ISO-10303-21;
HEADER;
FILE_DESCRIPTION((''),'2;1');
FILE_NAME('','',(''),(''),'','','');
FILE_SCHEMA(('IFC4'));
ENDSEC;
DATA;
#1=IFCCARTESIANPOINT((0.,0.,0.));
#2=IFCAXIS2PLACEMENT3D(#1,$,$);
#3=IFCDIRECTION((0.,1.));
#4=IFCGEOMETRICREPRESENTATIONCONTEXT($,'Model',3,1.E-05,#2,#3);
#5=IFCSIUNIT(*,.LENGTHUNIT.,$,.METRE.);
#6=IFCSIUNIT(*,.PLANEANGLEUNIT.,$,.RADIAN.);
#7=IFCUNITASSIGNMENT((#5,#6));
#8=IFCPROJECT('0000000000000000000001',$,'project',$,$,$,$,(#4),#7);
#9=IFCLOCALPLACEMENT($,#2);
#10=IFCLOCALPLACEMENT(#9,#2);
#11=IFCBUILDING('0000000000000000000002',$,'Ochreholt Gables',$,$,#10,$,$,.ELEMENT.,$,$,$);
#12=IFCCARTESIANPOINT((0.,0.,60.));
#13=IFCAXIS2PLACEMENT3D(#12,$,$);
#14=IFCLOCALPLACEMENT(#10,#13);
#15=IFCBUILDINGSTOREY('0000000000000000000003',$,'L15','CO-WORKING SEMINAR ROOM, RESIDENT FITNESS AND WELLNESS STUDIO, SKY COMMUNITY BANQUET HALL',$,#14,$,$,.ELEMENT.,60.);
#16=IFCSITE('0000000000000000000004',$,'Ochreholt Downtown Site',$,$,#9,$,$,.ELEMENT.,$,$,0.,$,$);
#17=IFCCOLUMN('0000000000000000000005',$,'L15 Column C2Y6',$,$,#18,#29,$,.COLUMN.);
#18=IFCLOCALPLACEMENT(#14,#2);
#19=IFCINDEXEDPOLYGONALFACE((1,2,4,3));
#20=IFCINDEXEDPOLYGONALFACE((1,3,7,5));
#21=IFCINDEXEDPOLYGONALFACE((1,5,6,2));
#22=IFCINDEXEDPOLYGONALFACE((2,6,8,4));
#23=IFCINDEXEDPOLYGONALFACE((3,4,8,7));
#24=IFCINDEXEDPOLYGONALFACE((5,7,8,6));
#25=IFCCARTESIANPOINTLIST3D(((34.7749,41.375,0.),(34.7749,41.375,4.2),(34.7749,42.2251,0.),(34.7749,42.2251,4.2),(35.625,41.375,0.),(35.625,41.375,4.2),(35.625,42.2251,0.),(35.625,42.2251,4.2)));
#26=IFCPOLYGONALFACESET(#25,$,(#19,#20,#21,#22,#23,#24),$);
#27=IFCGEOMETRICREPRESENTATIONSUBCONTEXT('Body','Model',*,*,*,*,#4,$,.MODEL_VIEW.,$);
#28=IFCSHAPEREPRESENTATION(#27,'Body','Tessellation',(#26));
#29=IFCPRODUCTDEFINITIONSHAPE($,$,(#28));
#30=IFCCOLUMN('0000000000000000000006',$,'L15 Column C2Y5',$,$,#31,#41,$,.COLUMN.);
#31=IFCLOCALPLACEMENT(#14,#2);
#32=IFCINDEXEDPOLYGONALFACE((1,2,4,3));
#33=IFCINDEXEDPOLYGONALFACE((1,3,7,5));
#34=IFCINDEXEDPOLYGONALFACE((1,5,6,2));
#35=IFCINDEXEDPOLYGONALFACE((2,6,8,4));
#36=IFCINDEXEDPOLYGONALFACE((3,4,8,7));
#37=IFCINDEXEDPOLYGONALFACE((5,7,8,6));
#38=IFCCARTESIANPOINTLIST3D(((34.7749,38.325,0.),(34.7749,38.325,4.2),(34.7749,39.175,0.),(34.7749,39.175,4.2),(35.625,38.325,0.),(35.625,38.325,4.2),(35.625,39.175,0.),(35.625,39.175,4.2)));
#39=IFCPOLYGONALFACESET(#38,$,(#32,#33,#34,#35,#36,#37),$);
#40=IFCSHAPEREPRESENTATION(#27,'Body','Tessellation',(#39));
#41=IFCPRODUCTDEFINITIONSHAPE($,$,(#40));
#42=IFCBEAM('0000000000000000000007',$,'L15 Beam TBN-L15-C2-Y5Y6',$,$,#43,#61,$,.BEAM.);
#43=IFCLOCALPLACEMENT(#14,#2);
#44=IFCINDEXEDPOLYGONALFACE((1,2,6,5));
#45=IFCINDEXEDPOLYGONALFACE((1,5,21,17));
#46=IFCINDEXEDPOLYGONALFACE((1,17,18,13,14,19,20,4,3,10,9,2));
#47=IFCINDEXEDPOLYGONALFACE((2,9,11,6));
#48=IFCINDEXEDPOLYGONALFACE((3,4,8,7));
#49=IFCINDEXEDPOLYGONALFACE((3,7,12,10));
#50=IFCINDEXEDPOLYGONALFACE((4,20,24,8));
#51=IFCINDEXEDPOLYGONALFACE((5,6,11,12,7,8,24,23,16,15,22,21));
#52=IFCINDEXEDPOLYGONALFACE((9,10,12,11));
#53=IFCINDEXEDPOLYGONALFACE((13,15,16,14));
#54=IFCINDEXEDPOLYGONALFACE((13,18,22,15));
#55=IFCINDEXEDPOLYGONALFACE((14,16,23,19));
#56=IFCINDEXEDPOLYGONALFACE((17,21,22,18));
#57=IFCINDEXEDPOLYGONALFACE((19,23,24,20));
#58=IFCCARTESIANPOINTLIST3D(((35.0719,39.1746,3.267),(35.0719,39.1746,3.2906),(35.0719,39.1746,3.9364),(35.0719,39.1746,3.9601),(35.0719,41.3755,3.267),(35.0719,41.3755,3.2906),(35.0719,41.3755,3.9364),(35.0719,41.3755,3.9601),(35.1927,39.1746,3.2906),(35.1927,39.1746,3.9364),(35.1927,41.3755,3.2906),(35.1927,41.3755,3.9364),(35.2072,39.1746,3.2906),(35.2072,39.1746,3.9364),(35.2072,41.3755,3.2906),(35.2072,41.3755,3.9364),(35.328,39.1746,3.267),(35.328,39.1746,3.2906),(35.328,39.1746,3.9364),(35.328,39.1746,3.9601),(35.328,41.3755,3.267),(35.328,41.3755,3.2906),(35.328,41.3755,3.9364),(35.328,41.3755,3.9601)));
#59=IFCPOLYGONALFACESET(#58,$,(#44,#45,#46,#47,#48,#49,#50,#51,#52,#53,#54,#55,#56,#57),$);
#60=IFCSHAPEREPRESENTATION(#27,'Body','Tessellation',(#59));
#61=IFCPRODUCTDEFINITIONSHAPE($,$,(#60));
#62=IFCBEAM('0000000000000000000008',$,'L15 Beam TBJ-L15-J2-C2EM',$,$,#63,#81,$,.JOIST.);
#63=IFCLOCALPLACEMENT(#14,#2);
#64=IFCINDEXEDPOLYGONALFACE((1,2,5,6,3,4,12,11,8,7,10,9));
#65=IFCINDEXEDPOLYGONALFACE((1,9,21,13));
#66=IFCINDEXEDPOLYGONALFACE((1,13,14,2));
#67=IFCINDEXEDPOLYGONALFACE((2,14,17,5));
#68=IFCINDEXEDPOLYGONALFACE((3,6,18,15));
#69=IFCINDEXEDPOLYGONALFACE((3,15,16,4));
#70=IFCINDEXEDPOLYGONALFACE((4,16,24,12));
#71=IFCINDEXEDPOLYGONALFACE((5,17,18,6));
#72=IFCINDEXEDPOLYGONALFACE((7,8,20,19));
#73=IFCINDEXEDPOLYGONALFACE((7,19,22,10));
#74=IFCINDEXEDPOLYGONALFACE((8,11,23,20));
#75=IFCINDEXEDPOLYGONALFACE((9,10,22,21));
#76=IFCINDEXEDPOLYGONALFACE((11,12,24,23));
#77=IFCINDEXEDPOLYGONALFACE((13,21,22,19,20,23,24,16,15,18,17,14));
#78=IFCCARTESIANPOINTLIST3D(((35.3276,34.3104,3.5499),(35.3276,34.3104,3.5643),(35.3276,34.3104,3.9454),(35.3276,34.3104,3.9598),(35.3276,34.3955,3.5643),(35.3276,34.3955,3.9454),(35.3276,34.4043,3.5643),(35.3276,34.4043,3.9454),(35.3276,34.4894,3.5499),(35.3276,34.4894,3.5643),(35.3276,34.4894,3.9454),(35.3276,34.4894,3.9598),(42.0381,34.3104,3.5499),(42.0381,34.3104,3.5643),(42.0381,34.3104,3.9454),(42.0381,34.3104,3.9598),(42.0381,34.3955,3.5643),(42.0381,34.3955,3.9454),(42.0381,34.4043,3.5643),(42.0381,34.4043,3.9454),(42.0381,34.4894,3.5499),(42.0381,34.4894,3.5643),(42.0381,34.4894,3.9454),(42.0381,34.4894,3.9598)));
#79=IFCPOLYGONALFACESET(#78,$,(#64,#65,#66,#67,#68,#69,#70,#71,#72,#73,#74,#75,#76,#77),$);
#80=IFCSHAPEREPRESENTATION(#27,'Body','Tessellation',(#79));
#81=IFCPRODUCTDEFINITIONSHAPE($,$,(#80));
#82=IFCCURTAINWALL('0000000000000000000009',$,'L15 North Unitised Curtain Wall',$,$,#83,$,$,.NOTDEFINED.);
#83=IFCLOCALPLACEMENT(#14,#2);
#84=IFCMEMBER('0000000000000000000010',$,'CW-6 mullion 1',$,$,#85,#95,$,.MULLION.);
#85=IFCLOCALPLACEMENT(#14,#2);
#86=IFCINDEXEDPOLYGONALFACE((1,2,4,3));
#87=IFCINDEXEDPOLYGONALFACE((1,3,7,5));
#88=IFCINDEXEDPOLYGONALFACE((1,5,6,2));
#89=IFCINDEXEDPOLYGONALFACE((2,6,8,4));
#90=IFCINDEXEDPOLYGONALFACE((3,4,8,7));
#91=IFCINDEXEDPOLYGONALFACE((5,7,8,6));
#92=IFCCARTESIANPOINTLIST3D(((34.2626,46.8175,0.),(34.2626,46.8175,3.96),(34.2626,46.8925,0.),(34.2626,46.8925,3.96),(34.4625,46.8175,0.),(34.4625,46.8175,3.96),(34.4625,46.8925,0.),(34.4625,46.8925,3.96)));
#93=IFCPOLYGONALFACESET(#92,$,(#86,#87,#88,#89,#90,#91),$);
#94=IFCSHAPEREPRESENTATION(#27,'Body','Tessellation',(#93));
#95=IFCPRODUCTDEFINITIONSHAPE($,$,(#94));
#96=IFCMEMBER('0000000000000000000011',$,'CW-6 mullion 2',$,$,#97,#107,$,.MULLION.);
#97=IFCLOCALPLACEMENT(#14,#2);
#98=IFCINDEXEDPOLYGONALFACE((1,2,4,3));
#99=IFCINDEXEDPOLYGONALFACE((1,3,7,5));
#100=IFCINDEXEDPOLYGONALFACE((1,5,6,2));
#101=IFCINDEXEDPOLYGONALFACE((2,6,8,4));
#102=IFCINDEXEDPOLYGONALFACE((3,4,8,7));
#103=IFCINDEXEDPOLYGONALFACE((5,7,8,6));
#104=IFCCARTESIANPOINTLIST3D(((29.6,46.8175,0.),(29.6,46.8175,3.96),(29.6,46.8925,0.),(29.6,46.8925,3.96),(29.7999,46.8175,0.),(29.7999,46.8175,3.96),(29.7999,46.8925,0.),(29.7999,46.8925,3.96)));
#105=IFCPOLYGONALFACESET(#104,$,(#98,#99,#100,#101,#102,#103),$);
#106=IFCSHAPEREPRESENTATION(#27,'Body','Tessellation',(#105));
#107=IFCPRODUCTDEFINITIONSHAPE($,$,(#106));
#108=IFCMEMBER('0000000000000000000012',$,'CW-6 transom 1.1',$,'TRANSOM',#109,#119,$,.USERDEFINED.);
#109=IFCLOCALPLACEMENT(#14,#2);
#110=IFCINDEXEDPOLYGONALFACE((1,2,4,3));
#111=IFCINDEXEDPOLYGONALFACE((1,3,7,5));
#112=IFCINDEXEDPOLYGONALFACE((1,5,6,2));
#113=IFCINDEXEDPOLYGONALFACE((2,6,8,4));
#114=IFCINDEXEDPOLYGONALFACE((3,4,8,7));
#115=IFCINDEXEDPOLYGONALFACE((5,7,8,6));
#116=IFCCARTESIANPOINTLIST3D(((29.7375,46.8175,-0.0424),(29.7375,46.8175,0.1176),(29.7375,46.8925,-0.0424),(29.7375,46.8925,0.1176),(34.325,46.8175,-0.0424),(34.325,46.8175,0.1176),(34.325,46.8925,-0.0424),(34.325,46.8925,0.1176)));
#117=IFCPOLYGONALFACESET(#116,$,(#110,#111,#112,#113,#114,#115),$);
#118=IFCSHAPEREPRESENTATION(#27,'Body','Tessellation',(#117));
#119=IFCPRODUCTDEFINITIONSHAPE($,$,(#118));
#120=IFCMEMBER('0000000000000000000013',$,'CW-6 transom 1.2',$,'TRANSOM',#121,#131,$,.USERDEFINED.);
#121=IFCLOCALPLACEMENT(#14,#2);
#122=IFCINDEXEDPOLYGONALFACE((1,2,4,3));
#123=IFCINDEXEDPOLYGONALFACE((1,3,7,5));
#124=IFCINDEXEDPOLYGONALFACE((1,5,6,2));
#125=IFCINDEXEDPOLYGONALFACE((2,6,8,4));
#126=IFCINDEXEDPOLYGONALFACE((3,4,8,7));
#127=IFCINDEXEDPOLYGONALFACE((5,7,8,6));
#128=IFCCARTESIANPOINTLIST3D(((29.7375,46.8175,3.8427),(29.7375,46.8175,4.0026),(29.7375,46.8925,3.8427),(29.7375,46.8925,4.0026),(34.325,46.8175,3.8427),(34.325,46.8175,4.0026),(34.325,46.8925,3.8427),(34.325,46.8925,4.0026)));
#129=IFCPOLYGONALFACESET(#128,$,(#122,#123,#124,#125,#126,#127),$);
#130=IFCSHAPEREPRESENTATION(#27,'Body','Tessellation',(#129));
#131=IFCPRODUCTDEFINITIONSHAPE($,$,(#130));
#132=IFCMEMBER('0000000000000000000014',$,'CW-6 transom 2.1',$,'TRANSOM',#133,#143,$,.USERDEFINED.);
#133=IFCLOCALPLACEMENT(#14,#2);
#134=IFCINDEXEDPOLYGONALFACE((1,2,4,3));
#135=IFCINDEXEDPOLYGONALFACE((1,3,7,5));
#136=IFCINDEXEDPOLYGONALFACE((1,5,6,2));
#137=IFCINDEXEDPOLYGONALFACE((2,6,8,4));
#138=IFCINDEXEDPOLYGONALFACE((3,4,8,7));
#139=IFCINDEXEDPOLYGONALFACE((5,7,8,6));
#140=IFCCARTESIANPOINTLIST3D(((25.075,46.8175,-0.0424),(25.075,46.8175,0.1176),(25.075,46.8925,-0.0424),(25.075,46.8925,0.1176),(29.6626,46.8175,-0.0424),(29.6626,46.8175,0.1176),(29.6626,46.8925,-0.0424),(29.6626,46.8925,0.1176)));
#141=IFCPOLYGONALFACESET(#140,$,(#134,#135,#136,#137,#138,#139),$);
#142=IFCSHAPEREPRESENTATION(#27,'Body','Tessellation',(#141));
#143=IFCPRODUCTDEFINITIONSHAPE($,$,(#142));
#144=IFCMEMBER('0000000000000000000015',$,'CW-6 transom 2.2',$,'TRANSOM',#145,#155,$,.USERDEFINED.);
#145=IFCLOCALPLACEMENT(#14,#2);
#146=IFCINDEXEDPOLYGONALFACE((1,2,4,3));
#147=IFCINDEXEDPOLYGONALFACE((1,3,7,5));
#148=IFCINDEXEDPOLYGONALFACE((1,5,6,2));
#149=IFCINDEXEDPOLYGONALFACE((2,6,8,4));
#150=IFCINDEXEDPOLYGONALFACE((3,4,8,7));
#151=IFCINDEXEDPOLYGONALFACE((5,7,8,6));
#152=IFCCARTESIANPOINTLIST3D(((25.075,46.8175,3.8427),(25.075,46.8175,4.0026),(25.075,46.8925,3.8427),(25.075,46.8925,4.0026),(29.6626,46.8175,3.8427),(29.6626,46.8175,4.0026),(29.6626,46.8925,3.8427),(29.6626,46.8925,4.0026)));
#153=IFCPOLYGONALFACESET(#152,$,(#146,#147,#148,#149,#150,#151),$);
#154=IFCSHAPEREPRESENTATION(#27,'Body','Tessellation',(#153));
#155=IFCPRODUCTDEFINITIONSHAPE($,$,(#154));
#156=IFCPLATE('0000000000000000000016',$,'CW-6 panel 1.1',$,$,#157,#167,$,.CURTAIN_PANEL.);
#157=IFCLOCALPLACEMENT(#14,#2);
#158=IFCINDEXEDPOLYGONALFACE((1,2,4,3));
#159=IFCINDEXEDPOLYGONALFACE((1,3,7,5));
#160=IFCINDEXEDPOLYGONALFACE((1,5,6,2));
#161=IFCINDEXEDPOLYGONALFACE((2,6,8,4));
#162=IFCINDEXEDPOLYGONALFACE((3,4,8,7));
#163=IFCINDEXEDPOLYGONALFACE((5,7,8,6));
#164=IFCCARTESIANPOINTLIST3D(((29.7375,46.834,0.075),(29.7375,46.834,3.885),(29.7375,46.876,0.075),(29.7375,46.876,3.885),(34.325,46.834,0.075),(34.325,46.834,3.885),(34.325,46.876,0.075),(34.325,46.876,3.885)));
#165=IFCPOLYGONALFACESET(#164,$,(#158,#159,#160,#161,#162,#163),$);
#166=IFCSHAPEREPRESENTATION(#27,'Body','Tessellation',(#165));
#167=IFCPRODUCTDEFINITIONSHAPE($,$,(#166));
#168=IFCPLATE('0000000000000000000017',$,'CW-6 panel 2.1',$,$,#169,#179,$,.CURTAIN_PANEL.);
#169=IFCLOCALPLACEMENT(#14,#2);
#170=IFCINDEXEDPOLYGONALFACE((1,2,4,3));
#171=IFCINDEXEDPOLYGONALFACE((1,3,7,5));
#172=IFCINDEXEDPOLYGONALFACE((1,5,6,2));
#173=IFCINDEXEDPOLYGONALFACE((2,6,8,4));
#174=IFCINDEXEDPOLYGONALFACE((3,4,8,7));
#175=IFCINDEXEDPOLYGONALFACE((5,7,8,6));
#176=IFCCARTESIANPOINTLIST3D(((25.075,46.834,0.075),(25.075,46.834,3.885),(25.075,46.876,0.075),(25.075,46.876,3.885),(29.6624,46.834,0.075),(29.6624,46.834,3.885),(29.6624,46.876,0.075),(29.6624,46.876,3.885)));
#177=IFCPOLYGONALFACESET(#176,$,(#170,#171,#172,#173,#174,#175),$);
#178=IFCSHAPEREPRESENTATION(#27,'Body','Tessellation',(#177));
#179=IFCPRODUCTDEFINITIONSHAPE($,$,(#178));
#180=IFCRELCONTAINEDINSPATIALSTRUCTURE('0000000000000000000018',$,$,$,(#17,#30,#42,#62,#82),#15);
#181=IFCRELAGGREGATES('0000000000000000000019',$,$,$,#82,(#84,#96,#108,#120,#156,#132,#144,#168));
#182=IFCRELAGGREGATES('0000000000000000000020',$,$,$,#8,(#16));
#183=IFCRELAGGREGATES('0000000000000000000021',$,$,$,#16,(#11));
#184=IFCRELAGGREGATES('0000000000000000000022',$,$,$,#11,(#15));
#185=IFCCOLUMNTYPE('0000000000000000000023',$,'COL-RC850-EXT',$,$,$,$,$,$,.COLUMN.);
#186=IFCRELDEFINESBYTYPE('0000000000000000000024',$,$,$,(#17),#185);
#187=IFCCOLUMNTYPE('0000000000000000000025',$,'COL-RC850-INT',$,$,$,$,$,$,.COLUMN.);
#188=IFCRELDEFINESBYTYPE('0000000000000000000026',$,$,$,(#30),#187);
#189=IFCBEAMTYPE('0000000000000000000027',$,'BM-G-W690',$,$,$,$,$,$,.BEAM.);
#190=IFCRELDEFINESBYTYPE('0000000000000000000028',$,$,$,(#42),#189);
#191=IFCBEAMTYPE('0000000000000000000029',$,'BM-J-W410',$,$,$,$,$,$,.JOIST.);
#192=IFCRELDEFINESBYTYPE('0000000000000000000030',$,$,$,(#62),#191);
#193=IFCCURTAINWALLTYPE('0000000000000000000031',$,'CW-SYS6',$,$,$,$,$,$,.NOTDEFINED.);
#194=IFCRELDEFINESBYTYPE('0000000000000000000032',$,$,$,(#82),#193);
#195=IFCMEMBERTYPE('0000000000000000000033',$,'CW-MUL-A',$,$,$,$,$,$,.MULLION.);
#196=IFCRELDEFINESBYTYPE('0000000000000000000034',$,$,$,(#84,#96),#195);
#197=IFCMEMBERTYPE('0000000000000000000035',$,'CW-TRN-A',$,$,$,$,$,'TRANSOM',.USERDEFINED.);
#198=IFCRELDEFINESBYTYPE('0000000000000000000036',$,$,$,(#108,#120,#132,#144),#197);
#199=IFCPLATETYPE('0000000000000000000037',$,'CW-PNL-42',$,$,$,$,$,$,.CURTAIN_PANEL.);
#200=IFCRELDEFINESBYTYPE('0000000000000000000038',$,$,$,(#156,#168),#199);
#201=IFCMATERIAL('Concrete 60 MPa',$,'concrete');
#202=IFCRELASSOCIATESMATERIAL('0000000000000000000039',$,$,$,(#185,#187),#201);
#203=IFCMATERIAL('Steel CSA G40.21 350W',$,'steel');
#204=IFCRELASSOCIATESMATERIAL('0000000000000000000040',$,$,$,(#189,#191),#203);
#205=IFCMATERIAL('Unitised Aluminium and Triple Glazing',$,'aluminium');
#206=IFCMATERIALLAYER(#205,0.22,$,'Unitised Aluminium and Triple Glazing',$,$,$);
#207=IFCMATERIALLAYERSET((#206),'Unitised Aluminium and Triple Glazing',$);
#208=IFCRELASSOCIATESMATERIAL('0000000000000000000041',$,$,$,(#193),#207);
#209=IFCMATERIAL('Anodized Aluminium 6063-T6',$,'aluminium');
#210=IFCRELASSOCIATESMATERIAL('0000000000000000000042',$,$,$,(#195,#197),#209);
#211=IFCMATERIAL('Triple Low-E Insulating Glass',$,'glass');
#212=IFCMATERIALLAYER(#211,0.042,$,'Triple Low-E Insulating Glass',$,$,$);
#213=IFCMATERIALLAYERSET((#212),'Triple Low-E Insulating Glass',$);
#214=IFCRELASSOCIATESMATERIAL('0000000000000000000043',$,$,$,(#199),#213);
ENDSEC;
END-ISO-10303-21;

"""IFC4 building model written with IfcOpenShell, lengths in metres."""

from ifc_helpers import new_model, si_unit, direction, frame, origin, origin_2d, place, context, subcontext, project, spatial, rectangle, i_section, extrude, material, layer, layer_set, material_profile, profile_set, type_object, element, aggregate, save


model = new_model("IFC4")

# Units and contexts
model_context = context("Model", 3, precision=1e-05, world=origin(), true_north=direction((0.0, 1.0)))
body_context = subcontext(model_context, "Body", "Model", "MODEL_VIEW")
ifc_project = project(units=[si_unit("LENGTHUNIT", "METRE"), si_unit("PLANEANGLEUNIT", "RADIAN")], contexts=[model_context])

# Site, building, storey
site_placement = place(None, origin())
site = spatial("IfcSite", under=ifc_project, at=site_placement, Name="Ochreholt Downtown Site", CompositionType="ELEMENT", RefElevation=0.0)
building_placement = place(site_placement, origin())
building = spatial("IfcBuilding", under=site, at=building_placement, Name="Ochreholt Gables", CompositionType="ELEMENT")
storey_placement = place(building_placement, frame((0.0, 0.0, 60.0)))
storey = spatial("IfcBuildingStorey", under=building, at=storey_placement, Name="L15", Description="CO-WORKING SEMINAR ROOM, RESIDENT FITNESS AND WELLNESS STUDIO, SKY COMMUNITY BANQUET HALL", CompositionType="ELEMENT", Elevation=60.0)

# Columns
ifc_material_1 = material(Name="Concrete 60 MPa", Category="concrete")
ifc_material_profile_1 = material_profile(ifc_material_1, rectangle(XDim=0.8501, YDim=0.8501, at=origin_2d()), Name="RC850X850")
ifc_profile_set_1 = profile_set([ifc_material_profile_1], Name="Concrete 60 MPa")
column_type_1 = type_object("IfcColumnType", Name="COL-RC850-EXT", PredefinedType="COLUMN", material=ifc_profile_set_1)
column_1_placement = place(storey_placement, frame((35.2, 41.8, 0.0), z_axis=(0.0, 0.0, 1.0), x_axis=(1.0, 0.0, 0.0)))
element("IfcColumn", 1, at=column_1_placement, inside=storey, type_object=column_type_1, Name="L15 Column C2Y6", PredefinedType="COLUMN", context=body_context, shape_type="SweptSolid", body=[
    extrude(rectangle(XDim=0.8501, YDim=0.8501, at=origin_2d()), origin(), (0.0, 0.0, 1.0), 4.2),
])
ifc_material_profile_2 = material_profile(ifc_material_1, rectangle(XDim=0.8501, YDim=0.8501, at=origin_2d()), Name="RC850X850")
ifc_profile_set_2 = profile_set([ifc_material_profile_2], Name="Concrete 60 MPa")
column_type_2 = type_object("IfcColumnType", Name="COL-RC850-INT", PredefinedType="COLUMN", material=ifc_profile_set_2)
column_2_placement = place(storey_placement, frame((35.2, 38.75, 0.0), z_axis=(0.0, 0.0, 1.0), x_axis=(1.0, 0.0, 0.0)))
element("IfcColumn", 2, at=column_2_placement, inside=storey, type_object=column_type_2, Name="L15 Column C2Y5", PredefinedType="COLUMN", context=body_context, shape_type="SweptSolid", body=[
    extrude(rectangle(XDim=0.8501, YDim=0.8501, at=origin_2d()), origin(), (0.0, 0.0, 1.0), 4.2),
])

# Beams
ifc_material_2 = material(Name="Steel CSA G40.21 350W", Category="steel")
ifc_material_profile_3 = material_profile(ifc_material_2, i_section(OverallWidth=0.2561, OverallDepth=0.6931, WebThickness=0.0144, FlangeThickness=0.0237, at=origin_2d()), Name="W690X170")
ifc_profile_set_3 = profile_set([ifc_material_profile_3], Name="Steel CSA G40.21 350W")
beam_type_1 = type_object("IfcBeamType", Name="BM-G-W690", PredefinedType="BEAM", material=ifc_profile_set_3)
beam_1_placement = place(storey_placement, frame((35.2, 39.1746, 3.6135), z_axis=(0.0, 1.0, 0.0), x_axis=(-1.0, 0.0, 0.0)))
element("IfcBeam", 3, at=beam_1_placement, inside=storey, type_object=beam_type_1, Name="L15 Beam TBN-L15-C2-Y5Y6", PredefinedType="BEAM", context=body_context, shape_type="SweptSolid", body=[
    extrude(i_section(OverallWidth=0.2561, OverallDepth=0.6931, WebThickness=0.0144, FlangeThickness=0.0237, at=origin_2d()), origin(), (0.0, 0.0, 1.0), 2.2009),
])
ifc_material_profile_4 = material_profile(ifc_material_2, i_section(OverallWidth=0.179, OverallDepth=0.4099, WebThickness=0.0088, FlangeThickness=0.0144, at=origin_2d()), Name="W410X67")
ifc_profile_set_4 = profile_set([ifc_material_profile_4], Name="Steel CSA G40.21 350W")
beam_type_2 = type_object("IfcBeamType", Name="BM-J-W410", PredefinedType="JOIST", material=ifc_profile_set_4)
beam_2_placement = place(storey_placement, frame((35.3276, 34.3999, 3.7549), z_axis=(1.0, 0.0, 0.0), x_axis=(0.0, 1.0, 0.0)))
element("IfcBeam", 4, at=beam_2_placement, inside=storey, type_object=beam_type_2, Name="L15 Beam TBJ-L15-J2-C2EM", PredefinedType="JOIST", context=body_context, shape_type="SweptSolid", body=[
    extrude(i_section(OverallWidth=0.179, OverallDepth=0.4099, WebThickness=0.0088, FlangeThickness=0.0144, at=origin_2d()), origin(), (0.0, 0.0, 1.0), 6.7104),
])

# Curtain wall, members, plates
ifc_material_3 = material(Name="Unitised Aluminium and Triple Glazing", Category="aluminium")
ifc_layer_1 = layer(ifc_material_3, 0.22, Name="Unitised Aluminium and Triple Glazing")
ifc_layer_set_1 = layer_set([ifc_layer_1], Name="Unitised Aluminium and Triple Glazing")
curtain_wall_type = type_object("IfcCurtainWallType", Name="CW-SYS6", PredefinedType="NOTDEFINED", material=ifc_layer_set_1)
curtain_wall_placement = place(storey_placement, origin())
curtain_wall = element("IfcCurtainWall", 5, at=curtain_wall_placement, inside=storey, type_object=curtain_wall_type, Name="L15 North Unitised Curtain Wall", PredefinedType="NOTDEFINED")
ifc_material_4 = material(Name="Anodized Aluminium 6063-T6", Category="aluminium")
ifc_material_profile_5 = material_profile(ifc_material_4, rectangle(XDim=0.075, YDim=0.2, at=origin_2d()), Name="CWM75X200")
ifc_profile_set_5 = profile_set([ifc_material_profile_5], Name="Anodized Aluminium 6063-T6")
member_type_1 = type_object("IfcMemberType", Name="CW-MUL-A", PredefinedType="MULLION", material=ifc_profile_set_5)
member_1_placement = place(storey_placement, frame((34.3625, 46.855, 0.0), z_axis=(0.0, 0.0, 1.0), x_axis=(0.0, -1.0, 0.0)))
member_1 = element("IfcMember", 6, at=member_1_placement, type_object=member_type_1, Name="CW-6 mullion 1", PredefinedType="MULLION", context=body_context, shape_type="SweptSolid", body=[
    extrude(rectangle(XDim=0.075, YDim=0.2, at=origin_2d()), origin(), (0.0, 0.0, 1.0), 3.96),
])
member_2_placement = place(storey_placement, frame((29.7, 46.855, 0.0), z_axis=(0.0, 0.0, 1.0), x_axis=(0.0, -1.0, 0.0)))
member_2 = element("IfcMember", 7, at=member_2_placement, type_object=member_type_1, Name="CW-6 mullion 2", PredefinedType="MULLION", context=body_context, shape_type="SweptSolid", body=[
    extrude(rectangle(XDim=0.075, YDim=0.2, at=origin_2d()), origin(), (0.0, 0.0, 1.0), 3.96),
])
ifc_material_profile_6 = material_profile(ifc_material_4, rectangle(XDim=0.075, YDim=0.1599, at=origin_2d()), Name="CWT75X160")
ifc_profile_set_6 = profile_set([ifc_material_profile_6], Name="Anodized Aluminium 6063-T6")
member_type_2 = type_object("IfcMemberType", Name="CW-TRN-A", ElementType="TRANSOM", PredefinedType="USERDEFINED", material=ifc_profile_set_6)
member_3_placement = place(storey_placement, frame((34.325, 46.855, 0.0376), z_axis=(-1.0, 0.0, 0.0), x_axis=(0.0, -1.0, 0.0)))
member_3 = element("IfcMember", 8, at=member_3_placement, type_object=member_type_2, Name="CW-6 transom 1.1", ObjectType="TRANSOM", PredefinedType="USERDEFINED", context=body_context, shape_type="SweptSolid", body=[
    extrude(rectangle(XDim=0.075, YDim=0.1599, at=origin_2d()), origin(), (0.0, 0.0, 1.0), 4.5874),
])
member_4_placement = place(storey_placement, frame((34.325, 46.855, 3.9226), z_axis=(-1.0, 0.0, 0.0), x_axis=(0.0, -1.0, 0.0)))
member_4 = element("IfcMember", 9, at=member_4_placement, type_object=member_type_2, Name="CW-6 transom 1.2", ObjectType="TRANSOM", PredefinedType="USERDEFINED", context=body_context, shape_type="SweptSolid", body=[
    extrude(rectangle(XDim=0.075, YDim=0.1599, at=origin_2d()), origin(), (0.0, 0.0, 1.0), 4.5874),
])
member_5_placement = place(storey_placement, frame((29.6626, 46.855, 0.0376), z_axis=(-1.0, 0.0, 0.0), x_axis=(0.0, -1.0, 0.0)))
member_5 = element("IfcMember", 10, at=member_5_placement, type_object=member_type_2, Name="CW-6 transom 2.1", ObjectType="TRANSOM", PredefinedType="USERDEFINED", context=body_context, shape_type="SweptSolid", body=[
    extrude(rectangle(XDim=0.075, YDim=0.1599, at=origin_2d()), origin(), (0.0, 0.0, 1.0), 4.5876),
])
member_6_placement = place(storey_placement, frame((29.6626, 46.855, 3.9226), z_axis=(-1.0, 0.0, 0.0), x_axis=(0.0, -1.0, 0.0)))
member_6 = element("IfcMember", 11, at=member_6_placement, type_object=member_type_2, Name="CW-6 transom 2.2", ObjectType="TRANSOM", PredefinedType="USERDEFINED", context=body_context, shape_type="SweptSolid", body=[
    extrude(rectangle(XDim=0.075, YDim=0.1599, at=origin_2d()), origin(), (0.0, 0.0, 1.0), 4.5876),
])
ifc_material_5 = material(Name="Triple Low-E Insulating Glass", Category="glass")
ifc_layer_2 = layer(ifc_material_5, 0.042, Name="Triple Low-E Insulating Glass")
ifc_layer_set_2 = layer_set([ifc_layer_2], Name="Triple Low-E Insulating Glass")
plate_type = type_object("IfcPlateType", Name="CW-PNL-42", PredefinedType="CURTAIN_PANEL", material=ifc_layer_set_2)
plate_1_placement = place(storey_placement, frame((32.0312, 46.855, 0.075), z_axis=(0.0, 0.0, 1.0), x_axis=(-1.0, 0.0, 0.0)))
plate_1 = element("IfcPlate", 12, at=plate_1_placement, type_object=plate_type, Name="CW-6 panel 1.1", PredefinedType="CURTAIN_PANEL", context=body_context, shape_type="SweptSolid", body=[
    extrude(rectangle(XDim=4.5874, YDim=0.042, at=origin_2d()), origin(), (0.0, 0.0, 1.0), 3.8101),
])
plate_2_placement = place(storey_placement, frame((27.3687, 46.855, 0.075), z_axis=(0.0, 0.0, 1.0), x_axis=(-1.0, 0.0, 0.0)))
plate_2 = element("IfcPlate", 13, at=plate_2_placement, type_object=plate_type, Name="CW-6 panel 2.1", PredefinedType="CURTAIN_PANEL", context=body_context, shape_type="SweptSolid", body=[
    extrude(rectangle(XDim=4.5874, YDim=0.042, at=origin_2d()), origin(), (0.0, 0.0, 1.0), 3.8101),
])
aggregate(curtain_wall, [member_1, member_2, member_3, member_4, plate_1, member_5, member_6, plate_2])

save(model, "model.ifc")
